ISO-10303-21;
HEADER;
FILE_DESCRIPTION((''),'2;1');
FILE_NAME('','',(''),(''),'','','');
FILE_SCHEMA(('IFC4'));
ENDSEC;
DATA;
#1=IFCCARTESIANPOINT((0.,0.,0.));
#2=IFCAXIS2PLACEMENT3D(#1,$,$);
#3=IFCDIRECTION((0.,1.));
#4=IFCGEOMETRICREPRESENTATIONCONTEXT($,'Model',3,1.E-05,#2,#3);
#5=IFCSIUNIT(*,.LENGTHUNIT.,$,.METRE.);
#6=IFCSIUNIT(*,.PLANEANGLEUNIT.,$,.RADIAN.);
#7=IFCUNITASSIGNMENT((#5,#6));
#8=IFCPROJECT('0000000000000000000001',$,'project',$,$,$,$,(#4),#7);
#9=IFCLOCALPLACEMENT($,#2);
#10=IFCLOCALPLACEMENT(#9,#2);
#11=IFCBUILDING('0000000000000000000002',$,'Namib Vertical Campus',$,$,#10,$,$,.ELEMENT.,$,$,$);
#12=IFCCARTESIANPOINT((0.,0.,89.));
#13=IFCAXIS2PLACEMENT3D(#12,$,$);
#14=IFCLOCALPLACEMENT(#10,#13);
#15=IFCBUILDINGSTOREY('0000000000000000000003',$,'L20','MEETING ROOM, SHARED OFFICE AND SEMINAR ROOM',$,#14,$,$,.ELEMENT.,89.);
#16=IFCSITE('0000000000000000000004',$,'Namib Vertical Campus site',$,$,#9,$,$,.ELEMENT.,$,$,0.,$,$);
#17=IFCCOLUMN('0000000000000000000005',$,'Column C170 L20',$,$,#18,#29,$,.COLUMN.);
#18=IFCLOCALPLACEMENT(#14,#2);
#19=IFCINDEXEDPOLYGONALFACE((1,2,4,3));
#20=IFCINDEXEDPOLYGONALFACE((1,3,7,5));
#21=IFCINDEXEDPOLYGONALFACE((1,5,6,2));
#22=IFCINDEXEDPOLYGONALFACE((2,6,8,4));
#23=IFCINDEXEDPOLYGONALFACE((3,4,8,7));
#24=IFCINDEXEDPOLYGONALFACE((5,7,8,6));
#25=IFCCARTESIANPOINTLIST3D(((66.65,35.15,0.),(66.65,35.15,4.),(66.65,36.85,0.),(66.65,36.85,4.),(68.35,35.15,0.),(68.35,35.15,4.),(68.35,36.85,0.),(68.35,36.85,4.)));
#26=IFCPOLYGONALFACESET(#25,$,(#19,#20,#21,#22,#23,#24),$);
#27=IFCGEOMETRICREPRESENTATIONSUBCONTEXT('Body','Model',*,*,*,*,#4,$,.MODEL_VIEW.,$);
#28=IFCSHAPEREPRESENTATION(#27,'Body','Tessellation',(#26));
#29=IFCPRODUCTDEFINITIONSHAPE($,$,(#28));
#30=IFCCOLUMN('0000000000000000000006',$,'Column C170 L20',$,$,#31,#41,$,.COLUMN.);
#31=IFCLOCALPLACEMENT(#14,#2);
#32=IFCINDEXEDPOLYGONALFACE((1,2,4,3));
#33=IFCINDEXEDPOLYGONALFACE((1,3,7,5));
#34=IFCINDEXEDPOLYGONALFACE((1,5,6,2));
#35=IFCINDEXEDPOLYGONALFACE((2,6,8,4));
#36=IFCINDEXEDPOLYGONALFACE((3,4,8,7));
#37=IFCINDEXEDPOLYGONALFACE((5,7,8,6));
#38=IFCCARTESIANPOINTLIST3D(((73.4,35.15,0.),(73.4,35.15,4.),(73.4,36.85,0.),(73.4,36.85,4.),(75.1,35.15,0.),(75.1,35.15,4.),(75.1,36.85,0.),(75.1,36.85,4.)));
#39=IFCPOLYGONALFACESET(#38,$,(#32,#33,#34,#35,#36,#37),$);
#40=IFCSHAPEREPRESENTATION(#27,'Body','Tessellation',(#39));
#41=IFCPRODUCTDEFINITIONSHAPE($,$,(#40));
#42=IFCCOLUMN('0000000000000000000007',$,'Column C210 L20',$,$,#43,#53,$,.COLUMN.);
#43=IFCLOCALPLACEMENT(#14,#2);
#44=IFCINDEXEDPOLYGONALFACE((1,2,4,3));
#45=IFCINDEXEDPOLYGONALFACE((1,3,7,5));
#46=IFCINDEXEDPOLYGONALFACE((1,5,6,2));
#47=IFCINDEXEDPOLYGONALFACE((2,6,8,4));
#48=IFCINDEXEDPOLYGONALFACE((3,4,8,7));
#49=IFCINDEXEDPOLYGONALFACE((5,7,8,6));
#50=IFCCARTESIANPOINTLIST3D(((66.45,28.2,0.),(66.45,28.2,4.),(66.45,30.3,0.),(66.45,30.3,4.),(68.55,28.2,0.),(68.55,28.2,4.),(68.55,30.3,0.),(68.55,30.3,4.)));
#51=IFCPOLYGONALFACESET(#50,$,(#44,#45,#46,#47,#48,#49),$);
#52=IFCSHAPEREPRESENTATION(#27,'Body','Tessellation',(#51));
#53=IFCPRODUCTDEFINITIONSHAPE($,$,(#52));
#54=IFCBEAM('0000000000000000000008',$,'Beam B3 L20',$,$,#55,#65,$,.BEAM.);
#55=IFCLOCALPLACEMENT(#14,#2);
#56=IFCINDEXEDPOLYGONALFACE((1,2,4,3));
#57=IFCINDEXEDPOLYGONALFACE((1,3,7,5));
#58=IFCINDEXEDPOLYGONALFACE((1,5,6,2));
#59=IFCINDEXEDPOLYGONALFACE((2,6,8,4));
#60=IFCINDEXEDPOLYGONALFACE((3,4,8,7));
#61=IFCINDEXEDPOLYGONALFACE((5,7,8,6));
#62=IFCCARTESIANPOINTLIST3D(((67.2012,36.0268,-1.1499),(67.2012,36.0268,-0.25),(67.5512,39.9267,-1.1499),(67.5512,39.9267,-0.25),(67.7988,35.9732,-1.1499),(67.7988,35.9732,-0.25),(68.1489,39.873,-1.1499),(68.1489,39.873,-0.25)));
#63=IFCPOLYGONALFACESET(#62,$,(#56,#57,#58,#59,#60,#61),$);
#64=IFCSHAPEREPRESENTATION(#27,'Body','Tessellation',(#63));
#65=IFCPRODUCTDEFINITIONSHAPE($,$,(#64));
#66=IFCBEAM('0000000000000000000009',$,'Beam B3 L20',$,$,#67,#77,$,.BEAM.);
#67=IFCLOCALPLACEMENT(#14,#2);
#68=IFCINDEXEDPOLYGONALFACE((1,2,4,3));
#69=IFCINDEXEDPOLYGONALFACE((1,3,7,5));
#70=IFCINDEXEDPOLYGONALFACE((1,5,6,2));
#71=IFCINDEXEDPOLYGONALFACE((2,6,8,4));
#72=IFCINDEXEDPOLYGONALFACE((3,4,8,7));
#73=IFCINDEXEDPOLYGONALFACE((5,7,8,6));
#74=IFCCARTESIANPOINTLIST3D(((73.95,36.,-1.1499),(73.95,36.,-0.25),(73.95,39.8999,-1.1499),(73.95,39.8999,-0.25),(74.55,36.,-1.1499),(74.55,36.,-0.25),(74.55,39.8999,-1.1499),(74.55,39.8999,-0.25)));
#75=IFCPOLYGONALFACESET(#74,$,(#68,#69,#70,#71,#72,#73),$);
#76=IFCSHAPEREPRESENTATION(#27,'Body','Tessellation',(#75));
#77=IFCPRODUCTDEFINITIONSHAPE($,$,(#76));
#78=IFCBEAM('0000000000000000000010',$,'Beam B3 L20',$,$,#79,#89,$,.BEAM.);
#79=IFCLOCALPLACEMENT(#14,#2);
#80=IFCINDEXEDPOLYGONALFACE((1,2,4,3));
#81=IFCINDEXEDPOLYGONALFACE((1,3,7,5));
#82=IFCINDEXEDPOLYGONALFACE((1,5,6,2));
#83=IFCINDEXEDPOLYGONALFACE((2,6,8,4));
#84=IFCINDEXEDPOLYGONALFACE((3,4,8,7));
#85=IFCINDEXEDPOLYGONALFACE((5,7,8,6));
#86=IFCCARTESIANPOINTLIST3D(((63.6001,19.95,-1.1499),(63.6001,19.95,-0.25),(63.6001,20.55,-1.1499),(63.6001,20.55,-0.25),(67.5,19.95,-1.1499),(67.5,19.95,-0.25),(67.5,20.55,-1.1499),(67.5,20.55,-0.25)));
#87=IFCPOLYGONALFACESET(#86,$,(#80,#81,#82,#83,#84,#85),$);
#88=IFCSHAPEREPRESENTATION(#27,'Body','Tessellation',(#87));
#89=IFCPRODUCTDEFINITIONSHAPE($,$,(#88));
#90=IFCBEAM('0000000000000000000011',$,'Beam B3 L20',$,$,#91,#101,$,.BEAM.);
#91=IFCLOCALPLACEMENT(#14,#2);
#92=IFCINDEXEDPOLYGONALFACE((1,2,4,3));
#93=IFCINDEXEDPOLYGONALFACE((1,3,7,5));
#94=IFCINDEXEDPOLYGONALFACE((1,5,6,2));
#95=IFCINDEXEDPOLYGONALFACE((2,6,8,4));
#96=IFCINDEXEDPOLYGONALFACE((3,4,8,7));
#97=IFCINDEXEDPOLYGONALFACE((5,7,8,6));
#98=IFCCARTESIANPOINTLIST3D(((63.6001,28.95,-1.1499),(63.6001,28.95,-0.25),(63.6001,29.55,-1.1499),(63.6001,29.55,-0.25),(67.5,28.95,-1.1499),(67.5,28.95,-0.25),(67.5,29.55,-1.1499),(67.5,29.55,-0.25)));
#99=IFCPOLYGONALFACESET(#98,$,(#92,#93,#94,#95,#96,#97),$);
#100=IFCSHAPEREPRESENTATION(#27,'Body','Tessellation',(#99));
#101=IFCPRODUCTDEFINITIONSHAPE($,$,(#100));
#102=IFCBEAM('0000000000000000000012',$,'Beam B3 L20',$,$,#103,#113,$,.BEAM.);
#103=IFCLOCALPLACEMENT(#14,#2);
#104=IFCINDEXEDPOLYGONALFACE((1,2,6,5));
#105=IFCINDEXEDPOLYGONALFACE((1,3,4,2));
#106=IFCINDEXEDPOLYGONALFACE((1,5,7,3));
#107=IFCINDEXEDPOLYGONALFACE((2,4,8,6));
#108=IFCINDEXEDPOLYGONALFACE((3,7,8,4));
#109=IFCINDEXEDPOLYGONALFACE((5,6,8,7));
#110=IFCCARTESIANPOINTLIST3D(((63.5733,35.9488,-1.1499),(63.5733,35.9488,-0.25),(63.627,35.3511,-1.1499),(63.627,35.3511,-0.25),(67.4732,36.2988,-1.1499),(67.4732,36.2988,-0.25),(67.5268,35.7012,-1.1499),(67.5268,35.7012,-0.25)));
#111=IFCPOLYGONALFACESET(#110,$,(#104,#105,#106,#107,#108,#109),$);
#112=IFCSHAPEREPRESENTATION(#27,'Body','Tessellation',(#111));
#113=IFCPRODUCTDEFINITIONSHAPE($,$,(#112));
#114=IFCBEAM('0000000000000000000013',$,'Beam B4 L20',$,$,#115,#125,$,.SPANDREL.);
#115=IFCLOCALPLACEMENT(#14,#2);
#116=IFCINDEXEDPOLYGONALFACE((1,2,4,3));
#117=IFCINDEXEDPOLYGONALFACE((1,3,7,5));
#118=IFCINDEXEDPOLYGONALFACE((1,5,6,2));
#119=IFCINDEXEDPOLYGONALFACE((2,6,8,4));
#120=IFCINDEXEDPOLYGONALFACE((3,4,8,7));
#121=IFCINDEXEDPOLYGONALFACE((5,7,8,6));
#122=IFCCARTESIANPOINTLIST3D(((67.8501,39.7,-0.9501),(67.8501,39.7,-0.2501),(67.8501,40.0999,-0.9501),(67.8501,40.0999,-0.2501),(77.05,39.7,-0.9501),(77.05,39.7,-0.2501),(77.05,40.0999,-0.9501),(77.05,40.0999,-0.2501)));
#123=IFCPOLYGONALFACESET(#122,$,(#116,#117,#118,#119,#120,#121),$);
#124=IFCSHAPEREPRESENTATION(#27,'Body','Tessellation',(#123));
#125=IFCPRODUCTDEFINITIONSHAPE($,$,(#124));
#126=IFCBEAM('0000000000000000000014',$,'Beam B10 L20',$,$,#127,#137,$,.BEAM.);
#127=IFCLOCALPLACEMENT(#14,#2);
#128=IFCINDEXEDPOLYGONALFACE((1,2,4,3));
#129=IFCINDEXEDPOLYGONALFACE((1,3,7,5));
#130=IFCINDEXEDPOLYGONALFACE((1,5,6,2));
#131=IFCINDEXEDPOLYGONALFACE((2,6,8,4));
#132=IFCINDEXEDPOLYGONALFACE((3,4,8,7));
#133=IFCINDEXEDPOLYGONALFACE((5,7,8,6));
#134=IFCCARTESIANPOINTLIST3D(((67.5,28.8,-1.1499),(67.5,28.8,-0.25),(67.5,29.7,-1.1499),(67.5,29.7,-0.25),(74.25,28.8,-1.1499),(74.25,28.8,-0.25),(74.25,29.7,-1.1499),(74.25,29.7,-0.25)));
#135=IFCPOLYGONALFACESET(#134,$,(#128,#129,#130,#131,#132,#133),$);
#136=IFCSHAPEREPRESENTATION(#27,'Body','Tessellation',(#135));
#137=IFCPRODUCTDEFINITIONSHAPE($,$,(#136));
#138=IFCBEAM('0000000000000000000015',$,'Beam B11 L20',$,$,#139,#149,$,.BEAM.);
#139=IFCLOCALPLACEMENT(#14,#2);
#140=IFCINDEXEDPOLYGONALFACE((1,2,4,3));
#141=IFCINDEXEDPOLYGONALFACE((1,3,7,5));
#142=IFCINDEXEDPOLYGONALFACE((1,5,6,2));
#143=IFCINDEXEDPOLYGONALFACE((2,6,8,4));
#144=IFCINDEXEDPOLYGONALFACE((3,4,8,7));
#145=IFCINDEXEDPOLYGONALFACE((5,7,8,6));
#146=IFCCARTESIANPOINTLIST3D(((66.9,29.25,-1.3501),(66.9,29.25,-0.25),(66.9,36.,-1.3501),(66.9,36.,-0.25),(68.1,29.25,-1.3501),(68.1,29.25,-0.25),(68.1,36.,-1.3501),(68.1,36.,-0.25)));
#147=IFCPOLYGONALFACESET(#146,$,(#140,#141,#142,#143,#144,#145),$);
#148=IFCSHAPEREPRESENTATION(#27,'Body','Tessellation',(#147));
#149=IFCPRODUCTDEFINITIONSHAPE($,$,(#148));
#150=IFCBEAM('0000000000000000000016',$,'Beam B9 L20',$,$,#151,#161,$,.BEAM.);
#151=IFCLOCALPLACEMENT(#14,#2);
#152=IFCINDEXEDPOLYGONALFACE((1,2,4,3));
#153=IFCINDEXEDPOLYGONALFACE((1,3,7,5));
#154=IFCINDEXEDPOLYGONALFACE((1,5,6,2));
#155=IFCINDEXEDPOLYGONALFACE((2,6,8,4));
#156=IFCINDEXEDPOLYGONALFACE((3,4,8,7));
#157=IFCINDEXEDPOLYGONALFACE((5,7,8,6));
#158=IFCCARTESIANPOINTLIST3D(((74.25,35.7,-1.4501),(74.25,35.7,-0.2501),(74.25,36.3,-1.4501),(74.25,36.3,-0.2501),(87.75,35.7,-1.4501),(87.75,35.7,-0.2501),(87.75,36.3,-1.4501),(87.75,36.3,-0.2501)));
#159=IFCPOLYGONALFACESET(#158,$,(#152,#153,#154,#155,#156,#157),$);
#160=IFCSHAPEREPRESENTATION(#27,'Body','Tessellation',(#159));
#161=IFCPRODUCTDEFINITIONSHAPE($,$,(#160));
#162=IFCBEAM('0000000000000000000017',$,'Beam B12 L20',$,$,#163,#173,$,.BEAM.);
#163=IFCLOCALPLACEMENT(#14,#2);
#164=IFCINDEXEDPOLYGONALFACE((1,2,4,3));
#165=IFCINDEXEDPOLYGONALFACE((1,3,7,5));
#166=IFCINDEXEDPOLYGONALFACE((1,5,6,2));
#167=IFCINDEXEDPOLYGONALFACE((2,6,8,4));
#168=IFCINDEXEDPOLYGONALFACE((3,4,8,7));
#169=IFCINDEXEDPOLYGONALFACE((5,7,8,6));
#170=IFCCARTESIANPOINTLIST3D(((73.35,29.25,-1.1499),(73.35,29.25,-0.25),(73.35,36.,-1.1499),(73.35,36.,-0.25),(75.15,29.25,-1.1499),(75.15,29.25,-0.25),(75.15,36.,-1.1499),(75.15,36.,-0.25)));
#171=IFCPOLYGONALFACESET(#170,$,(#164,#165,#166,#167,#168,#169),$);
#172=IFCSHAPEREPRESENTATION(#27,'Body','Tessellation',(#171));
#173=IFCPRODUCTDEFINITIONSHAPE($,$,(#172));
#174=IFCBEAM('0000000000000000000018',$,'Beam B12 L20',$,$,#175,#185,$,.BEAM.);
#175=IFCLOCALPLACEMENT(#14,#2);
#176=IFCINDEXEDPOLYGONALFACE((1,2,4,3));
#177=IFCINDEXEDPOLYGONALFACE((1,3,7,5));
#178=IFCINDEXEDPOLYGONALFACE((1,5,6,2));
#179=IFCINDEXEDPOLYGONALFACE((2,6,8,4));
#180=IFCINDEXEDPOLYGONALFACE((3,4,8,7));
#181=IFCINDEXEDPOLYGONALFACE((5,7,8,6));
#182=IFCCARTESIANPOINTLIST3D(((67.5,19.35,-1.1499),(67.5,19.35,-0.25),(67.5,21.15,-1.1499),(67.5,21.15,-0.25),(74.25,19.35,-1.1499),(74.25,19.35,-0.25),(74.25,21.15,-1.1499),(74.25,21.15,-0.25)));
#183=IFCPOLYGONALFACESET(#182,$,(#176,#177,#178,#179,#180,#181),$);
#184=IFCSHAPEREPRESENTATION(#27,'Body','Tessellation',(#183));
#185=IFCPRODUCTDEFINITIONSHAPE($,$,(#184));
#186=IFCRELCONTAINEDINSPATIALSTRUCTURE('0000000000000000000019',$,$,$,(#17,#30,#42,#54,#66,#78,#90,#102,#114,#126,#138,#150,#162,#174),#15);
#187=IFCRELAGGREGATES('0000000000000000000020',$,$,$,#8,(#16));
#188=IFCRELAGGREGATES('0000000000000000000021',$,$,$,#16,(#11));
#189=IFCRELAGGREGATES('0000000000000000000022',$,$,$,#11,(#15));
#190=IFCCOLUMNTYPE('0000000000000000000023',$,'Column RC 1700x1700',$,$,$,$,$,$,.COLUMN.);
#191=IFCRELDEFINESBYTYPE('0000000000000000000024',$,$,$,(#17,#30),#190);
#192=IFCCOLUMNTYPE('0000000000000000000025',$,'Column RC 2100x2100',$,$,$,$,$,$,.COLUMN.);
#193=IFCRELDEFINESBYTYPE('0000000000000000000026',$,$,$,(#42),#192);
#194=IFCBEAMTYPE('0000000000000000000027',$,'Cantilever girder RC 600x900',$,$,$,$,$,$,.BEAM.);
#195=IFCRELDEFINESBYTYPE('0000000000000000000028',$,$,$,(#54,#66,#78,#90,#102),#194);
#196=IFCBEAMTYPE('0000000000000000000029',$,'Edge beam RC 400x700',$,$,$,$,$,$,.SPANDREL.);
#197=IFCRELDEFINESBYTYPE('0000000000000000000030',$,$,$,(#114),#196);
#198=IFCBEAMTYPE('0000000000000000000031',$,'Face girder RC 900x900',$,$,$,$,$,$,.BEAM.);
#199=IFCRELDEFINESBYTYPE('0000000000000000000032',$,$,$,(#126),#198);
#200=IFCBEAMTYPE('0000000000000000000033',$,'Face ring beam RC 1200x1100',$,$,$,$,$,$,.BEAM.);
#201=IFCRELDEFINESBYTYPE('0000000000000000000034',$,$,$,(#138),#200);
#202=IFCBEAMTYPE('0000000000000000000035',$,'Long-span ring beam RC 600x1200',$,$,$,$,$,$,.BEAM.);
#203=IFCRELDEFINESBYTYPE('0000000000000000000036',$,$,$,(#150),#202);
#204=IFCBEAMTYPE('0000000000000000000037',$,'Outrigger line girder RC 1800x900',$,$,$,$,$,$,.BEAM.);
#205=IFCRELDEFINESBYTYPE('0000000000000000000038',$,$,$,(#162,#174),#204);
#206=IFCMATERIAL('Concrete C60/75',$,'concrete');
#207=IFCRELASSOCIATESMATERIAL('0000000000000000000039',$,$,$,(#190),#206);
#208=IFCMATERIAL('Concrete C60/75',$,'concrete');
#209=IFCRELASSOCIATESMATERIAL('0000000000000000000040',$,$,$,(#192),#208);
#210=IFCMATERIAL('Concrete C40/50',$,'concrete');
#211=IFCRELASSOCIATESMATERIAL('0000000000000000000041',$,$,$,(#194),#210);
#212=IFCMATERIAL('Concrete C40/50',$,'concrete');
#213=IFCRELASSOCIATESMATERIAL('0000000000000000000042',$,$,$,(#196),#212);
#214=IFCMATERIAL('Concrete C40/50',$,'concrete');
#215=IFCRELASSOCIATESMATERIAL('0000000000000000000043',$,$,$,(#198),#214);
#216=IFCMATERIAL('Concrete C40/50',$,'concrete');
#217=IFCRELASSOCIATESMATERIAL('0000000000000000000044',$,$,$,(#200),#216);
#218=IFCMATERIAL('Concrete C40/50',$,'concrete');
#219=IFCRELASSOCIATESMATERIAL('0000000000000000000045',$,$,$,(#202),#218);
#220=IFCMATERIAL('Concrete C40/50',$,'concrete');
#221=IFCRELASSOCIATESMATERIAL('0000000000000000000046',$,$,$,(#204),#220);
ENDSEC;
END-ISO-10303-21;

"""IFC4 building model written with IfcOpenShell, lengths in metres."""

from ifc_helpers import new_model, si_unit, direction, frame, origin, origin_2d, place, context, subcontext, project, spatial, rectangle, extrude, material, material_profile, profile_set, type_object, element, save


model = new_model("IFC4")

# Units and contexts
model_context = context("Model", 3, precision=1e-05, world=origin(), true_north=direction((0.0, 1.0)))
body_context = subcontext(model_context, "Body", "Model", "MODEL_VIEW")
ifc_project = project(units=[si_unit("LENGTHUNIT", "METRE"), si_unit("PLANEANGLEUNIT", "RADIAN")], contexts=[model_context])

# Site, building, storey
site_placement = place(None, origin())
site = spatial("IfcSite", under=ifc_project, at=site_placement, Name="Namib Vertical Campus site", CompositionType="ELEMENT", RefElevation=0.0)
building_placement = place(site_placement, origin())
building = spatial("IfcBuilding", under=site, at=building_placement, Name="Namib Vertical Campus", CompositionType="ELEMENT")
storey_placement = place(building_placement, frame((0.0, 0.0, 89.0)))
storey = spatial("IfcBuildingStorey", under=building, at=storey_placement, Name="L20", Description="MEETING ROOM, SHARED OFFICE AND SEMINAR ROOM", CompositionType="ELEMENT", Elevation=89.0)

# Columns
ifc_material_1 = material(Name="Concrete C60/75", Category="concrete")
ifc_material_profile_1 = material_profile(ifc_material_1, rectangle(XDim=1.7, YDim=1.7, at=origin_2d()))
ifc_profile_set_1 = profile_set([ifc_material_profile_1], Name="Concrete C60/75")
column_type_1 = type_object("IfcColumnType", Name="Column RC 1700x1700", PredefinedType="COLUMN", material=ifc_profile_set_1)
for number, where, z_axis, x_axis, name in (
    (1, (67.5, 36.0, 0.0), (0.0, 0.0, 1.0), (1.0, 0.0, 0.0), "Column C170 L20"),
    (2, (74.25, 36.0, 0.0), (0.0, 0.0, 1.0), (1.0, 0.0, 0.0), "Column C170 L20"),
):
    element("IfcColumn", number, at=place(storey_placement, frame(where, z_axis=z_axis, x_axis=x_axis)), inside=storey, type_object=column_type_1, Name=name, PredefinedType="COLUMN", context=body_context, shape_type="SweptSolid", body=[
        extrude(rectangle(XDim=1.7, YDim=1.7, at=origin_2d()), origin(), (0.0, 0.0, 1.0), 4.0),
    ])
ifc_material_2 = material(Name="Concrete C60/75", Category="concrete")
ifc_material_profile_2 = material_profile(ifc_material_2, rectangle(XDim=2.1001, YDim=2.1001, at=origin_2d()))
ifc_profile_set_2 = profile_set([ifc_material_profile_2], Name="Concrete C60/75")
column_type_2 = type_object("IfcColumnType", Name="Column RC 2100x2100", PredefinedType="COLUMN", material=ifc_profile_set_2)
column_placement = place(storey_placement, frame((67.5, 29.25, 0.0), z_axis=(0.0, 0.0, 1.0), x_axis=(1.0, 0.0, 0.0)))
element("IfcColumn", 3, at=column_placement, inside=storey, type_object=column_type_2, Name="Column C210 L20", PredefinedType="COLUMN", context=body_context, shape_type="SweptSolid", body=[
    extrude(rectangle(XDim=2.1001, YDim=2.1001, at=origin_2d()), origin(), (0.0, 0.0, 1.0), 4.0),
])

# Beams
ifc_material_3 = material(Name="Concrete C40/50", Category="concrete")
ifc_material_profile_3 = material_profile(ifc_material_3, rectangle(XDim=0.6001, YDim=0.8999, at=origin_2d()))
ifc_profile_set_3 = profile_set([ifc_material_profile_3], Name="Concrete C40/50")
beam_type_1 = type_object("IfcBeamType", Name="Cantilever girder RC 600x900", PredefinedType="BEAM", material=ifc_profile_set_3)
beam_1_placement = place(storey_placement, frame((67.5, 36.0, -0.7), z_axis=(0.089411, 0.995995, 0.0), x_axis=(-0.995995, 0.089411, 0.0)))
element("IfcBeam", 4, at=beam_1_placement, inside=storey, type_object=beam_type_1, Name="Beam B3 L20", PredefinedType="BEAM", context=body_context, shape_type="SweptSolid", body=[
    extrude(rectangle(XDim=0.6001, YDim=0.8999, at=origin_2d()), origin(), (0.0, 0.0, 1.0), 3.9155),
])
for number, where, z_axis, x_axis, name in (
    (5, (74.25, 36.0, -0.7), (0.0, 1.0, 0.0), (-1.0, 0.0, 0.0), "Beam B3 L20"),
    (6, (67.5, 20.25, -0.7), (-1.0, 0.0, 0.0), (0.0, -1.0, 0.0), "Beam B3 L20"),
    (7, (67.5, 29.25, -0.7), (-1.0, 0.0, 0.0), (0.0, -1.0, 0.0), "Beam B3 L20"),
):
    element("IfcBeam", number, at=place(storey_placement, frame(where, z_axis=z_axis, x_axis=x_axis)), inside=storey, type_object=beam_type_1, Name=name, PredefinedType="BEAM", context=body_context, shape_type="SweptSolid", body=[
        extrude(rectangle(XDim=0.6001, YDim=0.8999, at=origin_2d()), origin(), (0.0, 0.0, 1.0), 3.8999),
    ])
beam_2_placement = place(storey_placement, frame((67.5, 36.0, -0.7), z_axis=(-0.995995, -0.089411, 0.0), x_axis=(0.089411, -0.995995, 0.0)))
element("IfcBeam", 8, at=beam_2_placement, inside=storey, type_object=beam_type_1, Name="Beam B3 L20", PredefinedType="BEAM", context=body_context, shape_type="SweptSolid", body=[
    extrude(rectangle(XDim=0.6001, YDim=0.8999, at=origin_2d()), origin(), (0.0, 0.0, 1.0), 3.9155),
])
ifc_material_4 = material(Name="Concrete C40/50", Category="concrete")
ifc_material_profile_4 = material_profile(ifc_material_4, rectangle(XDim=0.3999, YDim=0.7, at=origin_2d()))
ifc_profile_set_4 = profile_set([ifc_material_profile_4], Name="Concrete C40/50")
beam_type_2 = type_object("IfcBeamType", Name="Edge beam RC 400x700", PredefinedType="SPANDREL", material=ifc_profile_set_4)
beam_3_placement = place(storey_placement, frame((67.8501, 39.8999, -0.6001), z_axis=(1.0, 0.0, 0.0), x_axis=(0.0, 1.0, 0.0)))
element("IfcBeam", 9, at=beam_3_placement, inside=storey, type_object=beam_type_2, Name="Beam B4 L20", PredefinedType="SPANDREL", context=body_context, shape_type="SweptSolid", body=[
    extrude(rectangle(XDim=0.3999, YDim=0.7, at=origin_2d()), origin(), (0.0, 0.0, 1.0), 9.2),
])
ifc_material_5 = material(Name="Concrete C40/50", Category="concrete")
ifc_material_profile_5 = material_profile(ifc_material_5, rectangle(XDim=0.8999, YDim=0.8999, at=origin_2d()))
ifc_profile_set_5 = profile_set([ifc_material_profile_5], Name="Concrete C40/50")
beam_type_3 = type_object("IfcBeamType", Name="Face girder RC 900x900", PredefinedType="BEAM", material=ifc_profile_set_5)
beam_4_placement = place(storey_placement, frame((67.5, 29.25, -0.7), z_axis=(1.0, 0.0, 0.0), x_axis=(0.0, 1.0, 0.0)))
element("IfcBeam", 10, at=beam_4_placement, inside=storey, type_object=beam_type_3, Name="Beam B10 L20", PredefinedType="BEAM", context=body_context, shape_type="SweptSolid", body=[
    extrude(rectangle(XDim=0.8999, YDim=0.8999, at=origin_2d()), origin(), (0.0, 0.0, 1.0), 6.75),
])
ifc_material_6 = material(Name="Concrete C40/50", Category="concrete")
ifc_material_profile_6 = material_profile(ifc_material_6, rectangle(XDim=1.2, YDim=1.1001, at=origin_2d()))
ifc_profile_set_6 = profile_set([ifc_material_profile_6], Name="Concrete C40/50")
beam_type_4 = type_object("IfcBeamType", Name="Face ring beam RC 1200x1100", PredefinedType="BEAM", material=ifc_profile_set_6)
beam_5_placement = place(storey_placement, frame((67.5, 29.25, -0.8), z_axis=(0.0, 1.0, 0.0), x_axis=(-1.0, 0.0, 0.0)))
element("IfcBeam", 11, at=beam_5_placement, inside=storey, type_object=beam_type_4, Name="Beam B11 L20", PredefinedType="BEAM", context=body_context, shape_type="SweptSolid", body=[
    extrude(rectangle(XDim=1.2, YDim=1.1001, at=origin_2d()), origin(), (0.0, 0.0, 1.0), 6.75),
])
ifc_material_7 = material(Name="Concrete C40/50", Category="concrete")
ifc_material_profile_7 = material_profile(ifc_material_7, rectangle(XDim=0.6001, YDim=1.2, at=origin_2d()))
ifc_profile_set_7 = profile_set([ifc_material_profile_7], Name="Concrete C40/50")
beam_type_5 = type_object("IfcBeamType", Name="Long-span ring beam RC 600x1200", PredefinedType="BEAM", material=ifc_profile_set_7)
beam_6_placement = place(storey_placement, frame((74.25, 36.0, -0.8501), z_axis=(1.0, 0.0, 0.0), x_axis=(0.0, 1.0, 0.0)))
element("IfcBeam", 12, at=beam_6_placement, inside=storey, type_object=beam_type_5, Name="Beam B9 L20", PredefinedType="BEAM", context=body_context, shape_type="SweptSolid", body=[
    extrude(rectangle(XDim=0.6001, YDim=1.2, at=origin_2d()), origin(), (0.0, 0.0, 1.0), 13.5),
])
ifc_material_8 = material(Name="Concrete C40/50", Category="concrete")
ifc_material_profile_8 = material_profile(ifc_material_8, rectangle(XDim=1.8, YDim=0.8999, at=origin_2d()))
ifc_profile_set_8 = profile_set([ifc_material_profile_8], Name="Concrete C40/50")
beam_type_6 = type_object("IfcBeamType", Name="Outrigger line girder RC 1800x900", PredefinedType="BEAM", material=ifc_profile_set_8)
for number, where, z_axis, x_axis, name in (
    (13, (74.25, 36.0, -0.7), (0.0, -1.0, 0.0), (1.0, 0.0, 0.0), "Beam B12 L20"),
    (14, (67.5, 20.25, -0.7), (1.0, 0.0, 0.0), (0.0, 1.0, 0.0), "Beam B12 L20"),
):
    element("IfcBeam", number, at=place(storey_placement, frame(where, z_axis=z_axis, x_axis=x_axis)), inside=storey, type_object=beam_type_6, Name=name, PredefinedType="BEAM", context=body_context, shape_type="SweptSolid", body=[
        extrude(rectangle(XDim=1.8, YDim=0.8999, at=origin_2d()), origin(), (0.0, 0.0, 1.0), 6.75),
    ])

save(model, "model.ifc")
